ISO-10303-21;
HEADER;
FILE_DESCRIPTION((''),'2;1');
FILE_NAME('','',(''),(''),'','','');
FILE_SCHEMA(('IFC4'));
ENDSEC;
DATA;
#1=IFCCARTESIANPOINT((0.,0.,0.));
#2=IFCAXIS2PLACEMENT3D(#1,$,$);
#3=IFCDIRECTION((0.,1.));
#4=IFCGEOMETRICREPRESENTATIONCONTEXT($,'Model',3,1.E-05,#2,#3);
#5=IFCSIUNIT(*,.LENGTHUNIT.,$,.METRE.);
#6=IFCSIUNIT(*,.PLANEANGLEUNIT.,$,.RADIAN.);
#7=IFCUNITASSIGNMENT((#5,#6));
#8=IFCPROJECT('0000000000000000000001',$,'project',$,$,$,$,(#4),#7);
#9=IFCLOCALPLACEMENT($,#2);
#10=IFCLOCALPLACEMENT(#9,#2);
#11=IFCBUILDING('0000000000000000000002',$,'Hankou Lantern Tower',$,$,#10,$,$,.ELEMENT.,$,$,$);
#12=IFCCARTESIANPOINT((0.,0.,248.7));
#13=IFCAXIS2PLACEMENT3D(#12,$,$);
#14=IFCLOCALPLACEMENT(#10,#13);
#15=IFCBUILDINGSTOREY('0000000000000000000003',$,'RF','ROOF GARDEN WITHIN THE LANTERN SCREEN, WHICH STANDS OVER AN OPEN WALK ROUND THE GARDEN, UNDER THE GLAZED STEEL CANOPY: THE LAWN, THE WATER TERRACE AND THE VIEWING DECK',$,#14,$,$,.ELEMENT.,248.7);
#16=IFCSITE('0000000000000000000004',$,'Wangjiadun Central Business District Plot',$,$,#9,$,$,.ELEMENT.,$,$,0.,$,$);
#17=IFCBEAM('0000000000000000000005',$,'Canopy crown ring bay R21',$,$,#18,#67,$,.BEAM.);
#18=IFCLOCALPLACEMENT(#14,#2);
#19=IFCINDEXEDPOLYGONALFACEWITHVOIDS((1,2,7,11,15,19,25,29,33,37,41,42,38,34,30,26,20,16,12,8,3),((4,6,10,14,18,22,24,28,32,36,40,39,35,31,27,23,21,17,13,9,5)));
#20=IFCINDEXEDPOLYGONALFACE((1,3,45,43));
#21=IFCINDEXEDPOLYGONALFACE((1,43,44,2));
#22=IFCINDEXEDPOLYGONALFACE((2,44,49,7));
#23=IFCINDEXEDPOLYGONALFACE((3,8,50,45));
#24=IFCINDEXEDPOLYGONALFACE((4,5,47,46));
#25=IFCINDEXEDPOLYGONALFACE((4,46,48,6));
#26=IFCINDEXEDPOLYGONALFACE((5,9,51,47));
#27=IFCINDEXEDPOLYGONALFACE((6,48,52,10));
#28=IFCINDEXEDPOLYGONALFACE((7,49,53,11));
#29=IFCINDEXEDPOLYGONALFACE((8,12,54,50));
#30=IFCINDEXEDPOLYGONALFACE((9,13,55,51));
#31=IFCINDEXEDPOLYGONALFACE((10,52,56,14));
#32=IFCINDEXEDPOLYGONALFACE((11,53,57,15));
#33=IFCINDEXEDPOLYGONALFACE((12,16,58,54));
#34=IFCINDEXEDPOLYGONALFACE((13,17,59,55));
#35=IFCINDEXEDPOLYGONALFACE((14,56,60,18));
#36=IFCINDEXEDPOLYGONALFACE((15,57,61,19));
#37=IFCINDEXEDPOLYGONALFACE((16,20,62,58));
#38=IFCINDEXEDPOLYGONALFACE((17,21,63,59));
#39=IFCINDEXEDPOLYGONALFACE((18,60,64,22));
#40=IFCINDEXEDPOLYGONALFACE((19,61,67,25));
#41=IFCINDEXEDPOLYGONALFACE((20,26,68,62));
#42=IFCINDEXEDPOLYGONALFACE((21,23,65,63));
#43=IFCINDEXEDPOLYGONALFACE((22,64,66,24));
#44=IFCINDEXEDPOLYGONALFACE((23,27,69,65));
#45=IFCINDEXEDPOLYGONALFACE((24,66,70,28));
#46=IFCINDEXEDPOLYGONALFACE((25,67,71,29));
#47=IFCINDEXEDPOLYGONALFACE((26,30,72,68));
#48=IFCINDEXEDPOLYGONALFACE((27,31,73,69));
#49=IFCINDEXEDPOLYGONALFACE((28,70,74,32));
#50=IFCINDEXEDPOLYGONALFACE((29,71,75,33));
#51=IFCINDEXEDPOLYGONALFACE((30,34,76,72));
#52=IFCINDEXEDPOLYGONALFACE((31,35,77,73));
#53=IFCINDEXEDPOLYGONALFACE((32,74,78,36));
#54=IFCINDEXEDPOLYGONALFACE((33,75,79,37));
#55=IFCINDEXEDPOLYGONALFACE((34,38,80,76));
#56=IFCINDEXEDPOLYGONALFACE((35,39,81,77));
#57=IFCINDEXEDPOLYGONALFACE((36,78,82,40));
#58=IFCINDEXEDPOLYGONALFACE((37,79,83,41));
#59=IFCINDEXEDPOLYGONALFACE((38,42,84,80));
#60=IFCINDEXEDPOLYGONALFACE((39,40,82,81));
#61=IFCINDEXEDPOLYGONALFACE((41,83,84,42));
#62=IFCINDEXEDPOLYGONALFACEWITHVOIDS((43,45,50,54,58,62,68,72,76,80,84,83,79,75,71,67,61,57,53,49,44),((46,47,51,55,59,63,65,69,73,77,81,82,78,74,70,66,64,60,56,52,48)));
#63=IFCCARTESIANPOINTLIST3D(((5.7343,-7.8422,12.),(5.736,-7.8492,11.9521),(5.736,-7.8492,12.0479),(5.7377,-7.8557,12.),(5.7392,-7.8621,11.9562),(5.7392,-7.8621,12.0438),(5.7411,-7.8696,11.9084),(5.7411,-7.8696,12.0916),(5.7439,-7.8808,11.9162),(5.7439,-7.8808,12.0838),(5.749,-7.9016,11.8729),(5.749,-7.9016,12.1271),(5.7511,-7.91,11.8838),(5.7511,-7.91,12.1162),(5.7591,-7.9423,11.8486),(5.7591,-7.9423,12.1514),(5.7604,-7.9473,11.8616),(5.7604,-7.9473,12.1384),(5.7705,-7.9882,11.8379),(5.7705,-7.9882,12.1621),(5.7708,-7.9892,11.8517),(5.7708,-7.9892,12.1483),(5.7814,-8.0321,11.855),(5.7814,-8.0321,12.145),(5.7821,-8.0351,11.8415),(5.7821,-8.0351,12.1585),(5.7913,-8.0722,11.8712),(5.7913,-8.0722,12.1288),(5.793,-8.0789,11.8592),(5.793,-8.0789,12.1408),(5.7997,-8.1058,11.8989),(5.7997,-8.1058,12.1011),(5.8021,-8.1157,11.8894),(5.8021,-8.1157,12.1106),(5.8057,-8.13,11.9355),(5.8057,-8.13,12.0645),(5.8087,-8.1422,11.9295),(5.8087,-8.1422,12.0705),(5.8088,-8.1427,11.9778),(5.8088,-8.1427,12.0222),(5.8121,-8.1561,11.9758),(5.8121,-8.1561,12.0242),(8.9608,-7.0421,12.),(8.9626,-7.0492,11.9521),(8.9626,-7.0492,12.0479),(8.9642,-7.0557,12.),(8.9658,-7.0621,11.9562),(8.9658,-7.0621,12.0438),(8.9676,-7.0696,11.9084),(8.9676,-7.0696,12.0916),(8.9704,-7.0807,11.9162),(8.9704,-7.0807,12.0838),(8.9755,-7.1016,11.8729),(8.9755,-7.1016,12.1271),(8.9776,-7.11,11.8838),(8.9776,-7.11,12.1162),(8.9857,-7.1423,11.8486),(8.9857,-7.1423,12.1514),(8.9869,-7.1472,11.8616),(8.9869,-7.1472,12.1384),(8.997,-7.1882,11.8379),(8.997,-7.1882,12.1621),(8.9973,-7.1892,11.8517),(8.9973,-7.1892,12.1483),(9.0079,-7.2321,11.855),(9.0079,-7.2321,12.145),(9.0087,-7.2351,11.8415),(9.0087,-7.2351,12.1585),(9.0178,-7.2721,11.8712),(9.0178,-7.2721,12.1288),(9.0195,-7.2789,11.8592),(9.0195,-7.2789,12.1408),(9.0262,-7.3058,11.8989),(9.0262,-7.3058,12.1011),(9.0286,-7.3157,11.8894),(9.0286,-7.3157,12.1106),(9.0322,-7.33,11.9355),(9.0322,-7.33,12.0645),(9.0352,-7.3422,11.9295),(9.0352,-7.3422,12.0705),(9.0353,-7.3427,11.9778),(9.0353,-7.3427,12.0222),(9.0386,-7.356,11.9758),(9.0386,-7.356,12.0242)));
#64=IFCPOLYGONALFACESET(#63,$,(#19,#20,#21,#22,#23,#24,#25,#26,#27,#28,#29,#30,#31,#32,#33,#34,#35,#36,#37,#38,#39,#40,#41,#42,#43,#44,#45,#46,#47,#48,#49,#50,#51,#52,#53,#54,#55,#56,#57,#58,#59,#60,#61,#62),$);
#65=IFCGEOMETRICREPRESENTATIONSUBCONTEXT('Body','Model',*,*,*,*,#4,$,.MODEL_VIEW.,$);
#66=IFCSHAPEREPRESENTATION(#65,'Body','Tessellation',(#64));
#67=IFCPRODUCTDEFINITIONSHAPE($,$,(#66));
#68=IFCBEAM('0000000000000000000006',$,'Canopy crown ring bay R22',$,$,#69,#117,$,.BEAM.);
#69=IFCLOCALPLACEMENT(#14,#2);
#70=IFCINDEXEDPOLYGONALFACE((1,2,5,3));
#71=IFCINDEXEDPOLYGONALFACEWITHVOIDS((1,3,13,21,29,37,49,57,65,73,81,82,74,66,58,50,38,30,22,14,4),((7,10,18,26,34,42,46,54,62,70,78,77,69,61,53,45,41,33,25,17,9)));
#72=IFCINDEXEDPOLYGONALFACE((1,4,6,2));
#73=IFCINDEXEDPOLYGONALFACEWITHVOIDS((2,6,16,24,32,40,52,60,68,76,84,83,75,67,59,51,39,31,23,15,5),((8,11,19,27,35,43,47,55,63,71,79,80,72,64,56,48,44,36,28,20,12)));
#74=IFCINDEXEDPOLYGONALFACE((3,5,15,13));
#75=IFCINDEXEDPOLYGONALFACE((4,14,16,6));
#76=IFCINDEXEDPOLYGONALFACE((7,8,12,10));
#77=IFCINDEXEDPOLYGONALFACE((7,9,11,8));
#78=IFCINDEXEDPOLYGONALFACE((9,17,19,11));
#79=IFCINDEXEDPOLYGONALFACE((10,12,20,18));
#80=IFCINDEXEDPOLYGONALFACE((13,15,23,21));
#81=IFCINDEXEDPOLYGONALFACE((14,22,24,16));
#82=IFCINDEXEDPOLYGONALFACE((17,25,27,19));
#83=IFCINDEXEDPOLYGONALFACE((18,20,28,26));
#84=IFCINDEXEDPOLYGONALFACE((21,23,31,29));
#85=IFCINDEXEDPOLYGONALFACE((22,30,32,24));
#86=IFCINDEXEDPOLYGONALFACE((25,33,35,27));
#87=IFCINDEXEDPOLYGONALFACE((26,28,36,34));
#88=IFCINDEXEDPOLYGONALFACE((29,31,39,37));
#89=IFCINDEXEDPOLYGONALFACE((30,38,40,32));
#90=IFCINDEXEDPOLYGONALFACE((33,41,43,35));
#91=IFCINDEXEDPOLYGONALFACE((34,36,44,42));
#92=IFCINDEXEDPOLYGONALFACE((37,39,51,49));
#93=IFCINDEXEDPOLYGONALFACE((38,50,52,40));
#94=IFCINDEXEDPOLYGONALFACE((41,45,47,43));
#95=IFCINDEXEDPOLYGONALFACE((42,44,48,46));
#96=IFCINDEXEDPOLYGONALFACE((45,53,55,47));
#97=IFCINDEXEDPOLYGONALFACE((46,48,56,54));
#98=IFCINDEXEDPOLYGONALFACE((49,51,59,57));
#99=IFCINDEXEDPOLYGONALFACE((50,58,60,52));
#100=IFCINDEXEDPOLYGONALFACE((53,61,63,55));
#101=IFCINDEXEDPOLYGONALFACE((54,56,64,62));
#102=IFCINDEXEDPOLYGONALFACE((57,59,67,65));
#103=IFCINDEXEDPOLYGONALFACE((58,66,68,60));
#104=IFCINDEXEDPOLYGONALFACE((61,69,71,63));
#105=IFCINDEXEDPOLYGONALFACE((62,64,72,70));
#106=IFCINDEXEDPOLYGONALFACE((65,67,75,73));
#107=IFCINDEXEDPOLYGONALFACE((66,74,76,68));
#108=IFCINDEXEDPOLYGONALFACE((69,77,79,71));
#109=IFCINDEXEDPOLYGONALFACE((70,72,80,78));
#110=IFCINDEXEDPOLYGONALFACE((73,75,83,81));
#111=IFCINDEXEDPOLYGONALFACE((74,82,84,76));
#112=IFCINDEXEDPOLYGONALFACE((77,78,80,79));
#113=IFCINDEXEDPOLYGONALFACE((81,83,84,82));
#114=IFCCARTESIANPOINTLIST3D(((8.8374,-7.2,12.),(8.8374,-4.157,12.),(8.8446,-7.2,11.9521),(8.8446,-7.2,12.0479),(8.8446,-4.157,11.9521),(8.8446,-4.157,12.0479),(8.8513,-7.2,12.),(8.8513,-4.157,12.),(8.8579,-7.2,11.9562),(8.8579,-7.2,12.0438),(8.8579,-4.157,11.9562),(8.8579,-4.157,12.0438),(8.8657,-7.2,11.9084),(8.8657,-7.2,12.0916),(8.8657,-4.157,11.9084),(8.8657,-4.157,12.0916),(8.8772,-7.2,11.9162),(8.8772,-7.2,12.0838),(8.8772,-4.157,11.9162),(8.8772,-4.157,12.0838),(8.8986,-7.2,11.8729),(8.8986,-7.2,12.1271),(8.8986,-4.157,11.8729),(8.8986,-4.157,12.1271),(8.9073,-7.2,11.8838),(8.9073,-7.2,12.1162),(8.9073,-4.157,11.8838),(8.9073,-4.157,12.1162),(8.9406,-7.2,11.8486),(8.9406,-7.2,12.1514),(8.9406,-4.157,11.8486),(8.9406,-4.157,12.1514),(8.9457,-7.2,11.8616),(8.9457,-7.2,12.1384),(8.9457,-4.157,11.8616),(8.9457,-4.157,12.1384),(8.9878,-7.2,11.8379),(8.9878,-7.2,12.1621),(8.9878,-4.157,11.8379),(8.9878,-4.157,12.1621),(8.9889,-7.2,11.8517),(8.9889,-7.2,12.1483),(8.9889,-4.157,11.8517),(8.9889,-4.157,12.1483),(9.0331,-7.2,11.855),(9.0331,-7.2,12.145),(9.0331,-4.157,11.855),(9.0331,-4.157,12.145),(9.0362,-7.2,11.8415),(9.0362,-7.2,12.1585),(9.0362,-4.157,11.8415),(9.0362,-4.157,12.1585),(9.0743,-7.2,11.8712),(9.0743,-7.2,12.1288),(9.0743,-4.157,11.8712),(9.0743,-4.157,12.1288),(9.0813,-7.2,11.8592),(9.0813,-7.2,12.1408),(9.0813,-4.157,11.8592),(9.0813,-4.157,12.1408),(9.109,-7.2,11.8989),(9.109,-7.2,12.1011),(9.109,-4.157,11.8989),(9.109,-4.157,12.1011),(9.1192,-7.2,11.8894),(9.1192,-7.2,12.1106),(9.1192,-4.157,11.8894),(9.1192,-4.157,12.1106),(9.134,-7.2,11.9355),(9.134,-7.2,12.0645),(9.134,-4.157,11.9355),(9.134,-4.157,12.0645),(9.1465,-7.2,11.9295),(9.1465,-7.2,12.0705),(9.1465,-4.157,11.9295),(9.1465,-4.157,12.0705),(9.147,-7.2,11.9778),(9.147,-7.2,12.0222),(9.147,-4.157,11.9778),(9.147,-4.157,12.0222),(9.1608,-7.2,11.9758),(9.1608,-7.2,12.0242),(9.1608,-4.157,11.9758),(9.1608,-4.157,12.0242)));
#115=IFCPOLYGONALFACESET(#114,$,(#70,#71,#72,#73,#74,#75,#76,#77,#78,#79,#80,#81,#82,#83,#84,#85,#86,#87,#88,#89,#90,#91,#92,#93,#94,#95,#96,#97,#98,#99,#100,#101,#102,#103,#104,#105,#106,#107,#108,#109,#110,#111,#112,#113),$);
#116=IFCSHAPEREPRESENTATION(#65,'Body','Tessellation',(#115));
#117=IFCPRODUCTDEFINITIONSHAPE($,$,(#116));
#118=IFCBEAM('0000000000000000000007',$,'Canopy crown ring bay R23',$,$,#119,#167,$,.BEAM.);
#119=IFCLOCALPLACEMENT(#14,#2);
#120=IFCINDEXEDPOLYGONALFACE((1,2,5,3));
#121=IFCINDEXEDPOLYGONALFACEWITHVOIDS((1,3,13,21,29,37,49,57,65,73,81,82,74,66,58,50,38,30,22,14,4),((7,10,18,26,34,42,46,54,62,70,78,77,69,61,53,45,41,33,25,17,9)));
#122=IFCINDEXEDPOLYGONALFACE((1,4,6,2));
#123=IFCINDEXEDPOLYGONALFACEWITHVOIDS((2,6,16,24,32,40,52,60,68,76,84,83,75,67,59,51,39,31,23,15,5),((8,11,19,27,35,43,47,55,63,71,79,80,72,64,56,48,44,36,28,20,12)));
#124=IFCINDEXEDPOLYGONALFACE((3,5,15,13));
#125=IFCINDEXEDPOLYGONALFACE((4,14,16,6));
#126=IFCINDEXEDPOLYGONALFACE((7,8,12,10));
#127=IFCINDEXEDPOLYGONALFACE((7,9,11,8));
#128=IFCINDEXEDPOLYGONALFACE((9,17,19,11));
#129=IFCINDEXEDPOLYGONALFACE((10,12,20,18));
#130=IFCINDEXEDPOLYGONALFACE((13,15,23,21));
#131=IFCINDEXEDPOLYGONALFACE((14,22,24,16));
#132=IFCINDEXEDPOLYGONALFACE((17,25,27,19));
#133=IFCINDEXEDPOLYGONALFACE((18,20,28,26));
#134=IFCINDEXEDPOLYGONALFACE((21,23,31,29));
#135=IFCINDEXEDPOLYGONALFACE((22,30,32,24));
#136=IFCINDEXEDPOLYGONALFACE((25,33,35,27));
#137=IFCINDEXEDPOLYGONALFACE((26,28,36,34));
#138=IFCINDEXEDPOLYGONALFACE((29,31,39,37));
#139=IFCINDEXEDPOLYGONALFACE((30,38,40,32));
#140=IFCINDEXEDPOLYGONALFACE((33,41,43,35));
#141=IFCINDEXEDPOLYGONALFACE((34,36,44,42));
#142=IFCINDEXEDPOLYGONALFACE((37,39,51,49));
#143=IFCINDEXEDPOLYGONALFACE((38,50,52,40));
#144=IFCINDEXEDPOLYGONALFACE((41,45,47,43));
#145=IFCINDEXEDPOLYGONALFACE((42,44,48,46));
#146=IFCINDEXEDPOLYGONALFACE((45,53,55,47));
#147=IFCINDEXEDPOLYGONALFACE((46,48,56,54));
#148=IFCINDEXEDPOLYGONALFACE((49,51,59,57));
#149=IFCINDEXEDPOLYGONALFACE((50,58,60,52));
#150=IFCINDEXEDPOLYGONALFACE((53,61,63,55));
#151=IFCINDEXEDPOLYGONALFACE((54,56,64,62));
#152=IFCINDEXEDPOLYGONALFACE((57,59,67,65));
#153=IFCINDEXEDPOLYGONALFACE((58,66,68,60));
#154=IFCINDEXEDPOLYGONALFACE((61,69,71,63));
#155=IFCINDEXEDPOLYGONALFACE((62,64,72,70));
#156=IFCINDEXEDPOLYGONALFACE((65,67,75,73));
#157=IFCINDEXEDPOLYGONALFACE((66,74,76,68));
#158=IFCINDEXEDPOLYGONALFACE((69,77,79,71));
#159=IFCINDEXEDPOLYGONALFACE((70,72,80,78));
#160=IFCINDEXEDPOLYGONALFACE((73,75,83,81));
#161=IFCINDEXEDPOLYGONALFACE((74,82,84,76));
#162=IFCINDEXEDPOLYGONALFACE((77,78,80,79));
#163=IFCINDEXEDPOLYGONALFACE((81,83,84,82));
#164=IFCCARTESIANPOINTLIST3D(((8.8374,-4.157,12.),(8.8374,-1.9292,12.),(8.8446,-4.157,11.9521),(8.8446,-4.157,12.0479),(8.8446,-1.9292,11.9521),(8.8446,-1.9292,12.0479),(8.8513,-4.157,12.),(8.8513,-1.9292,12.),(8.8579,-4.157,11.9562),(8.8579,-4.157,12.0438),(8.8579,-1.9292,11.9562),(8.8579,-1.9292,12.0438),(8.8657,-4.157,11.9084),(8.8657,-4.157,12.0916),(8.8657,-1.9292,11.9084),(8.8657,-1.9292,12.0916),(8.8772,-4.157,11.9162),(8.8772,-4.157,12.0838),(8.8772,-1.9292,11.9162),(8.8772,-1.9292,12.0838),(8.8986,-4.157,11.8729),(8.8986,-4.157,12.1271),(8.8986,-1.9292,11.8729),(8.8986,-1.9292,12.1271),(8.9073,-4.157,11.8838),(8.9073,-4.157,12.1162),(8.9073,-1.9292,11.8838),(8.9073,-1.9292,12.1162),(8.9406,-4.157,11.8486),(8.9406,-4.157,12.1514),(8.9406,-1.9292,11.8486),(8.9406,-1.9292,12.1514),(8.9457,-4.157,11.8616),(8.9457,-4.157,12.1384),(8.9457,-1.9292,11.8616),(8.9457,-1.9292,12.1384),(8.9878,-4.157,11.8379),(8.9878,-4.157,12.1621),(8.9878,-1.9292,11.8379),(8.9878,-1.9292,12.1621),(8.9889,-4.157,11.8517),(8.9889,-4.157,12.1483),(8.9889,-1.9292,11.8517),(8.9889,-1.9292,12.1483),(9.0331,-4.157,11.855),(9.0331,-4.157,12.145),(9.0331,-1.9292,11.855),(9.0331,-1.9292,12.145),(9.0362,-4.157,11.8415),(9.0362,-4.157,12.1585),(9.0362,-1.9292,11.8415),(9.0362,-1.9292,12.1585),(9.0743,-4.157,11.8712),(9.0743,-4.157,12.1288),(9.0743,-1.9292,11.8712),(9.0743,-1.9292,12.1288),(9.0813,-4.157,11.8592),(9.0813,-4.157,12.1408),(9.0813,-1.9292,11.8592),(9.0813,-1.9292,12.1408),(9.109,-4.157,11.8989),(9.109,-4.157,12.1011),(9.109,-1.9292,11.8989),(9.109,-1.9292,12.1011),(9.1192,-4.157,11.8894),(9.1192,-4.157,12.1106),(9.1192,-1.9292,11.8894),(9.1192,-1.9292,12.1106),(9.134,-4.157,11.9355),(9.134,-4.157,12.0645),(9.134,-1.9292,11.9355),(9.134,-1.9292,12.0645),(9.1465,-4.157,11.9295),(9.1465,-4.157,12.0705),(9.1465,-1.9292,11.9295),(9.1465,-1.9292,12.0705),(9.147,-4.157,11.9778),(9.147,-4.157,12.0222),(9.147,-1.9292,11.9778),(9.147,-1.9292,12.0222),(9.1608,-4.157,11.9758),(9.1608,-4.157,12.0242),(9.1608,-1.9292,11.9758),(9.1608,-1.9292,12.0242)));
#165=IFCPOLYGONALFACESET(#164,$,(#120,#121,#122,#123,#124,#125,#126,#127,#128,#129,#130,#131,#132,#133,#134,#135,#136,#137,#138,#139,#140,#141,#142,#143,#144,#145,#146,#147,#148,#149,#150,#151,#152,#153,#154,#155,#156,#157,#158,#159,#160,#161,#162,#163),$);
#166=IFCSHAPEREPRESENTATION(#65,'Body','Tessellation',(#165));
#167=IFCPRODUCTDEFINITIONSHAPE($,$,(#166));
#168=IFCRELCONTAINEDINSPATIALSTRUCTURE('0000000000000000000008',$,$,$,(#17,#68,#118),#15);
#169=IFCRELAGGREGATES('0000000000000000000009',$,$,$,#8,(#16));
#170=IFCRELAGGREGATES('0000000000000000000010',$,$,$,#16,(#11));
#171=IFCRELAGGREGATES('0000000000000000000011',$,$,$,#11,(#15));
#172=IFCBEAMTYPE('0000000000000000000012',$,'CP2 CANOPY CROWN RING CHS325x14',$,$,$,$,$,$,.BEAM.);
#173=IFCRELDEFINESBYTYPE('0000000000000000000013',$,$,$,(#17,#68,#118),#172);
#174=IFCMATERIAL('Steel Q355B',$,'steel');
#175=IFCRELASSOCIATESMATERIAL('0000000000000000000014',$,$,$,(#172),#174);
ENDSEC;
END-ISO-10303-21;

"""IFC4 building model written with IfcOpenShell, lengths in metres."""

from ifc_helpers import new_model, si_unit, direction, frame, origin, origin_2d, place, context, subcontext, project, spatial, hollow_circle, extrude, material, material_profile, profile_set, type_object, element, save


model = new_model("IFC4")

# Units and contexts
model_context = context("Model", 3, precision=1e-05, world=origin(), true_north=direction((0.0, 1.0)))
body_context = subcontext(model_context, "Body", "Model", "MODEL_VIEW")
ifc_project = project(units=[si_unit("LENGTHUNIT", "METRE"), si_unit("PLANEANGLEUNIT", "RADIAN")], contexts=[model_context])

# Site, building, storey
site_placement = place(None, origin())
site = spatial("IfcSite", under=ifc_project, at=site_placement, Name="Wangjiadun Central Business District Plot", CompositionType="ELEMENT", RefElevation=0.0)
building_placement = place(site_placement, origin())
building = spatial("IfcBuilding", under=site, at=building_placement, Name="Hankou Lantern Tower", CompositionType="ELEMENT")
storey_placement = place(building_placement, frame((0.0, 0.0, 248.7)))
storey = spatial("IfcBuildingStorey", under=building, at=storey_placement, Name="RF", Description="ROOF GARDEN WITHIN THE LANTERN SCREEN, WHICH STANDS OVER AN OPEN WALK ROUND THE GARDEN, UNDER THE GLAZED STEEL CANOPY: THE LAWN, THE WATER TERRACE AND THE VIEWING DECK", CompositionType="ELEMENT", Elevation=248.7)

# Beams
ifc_material_1 = material(Name="Steel Q355B", Category="steel")
ifc_material_profile_1 = material_profile(ifc_material_1, hollow_circle(Radius=0.1626, WallThickness=0.0139, at=origin_2d()), Name="CHS325x14")
ifc_profile_set_1 = profile_set([ifc_material_profile_1], Name="Steel Q355B")
beam_type_1 = type_object("IfcBeamType", Name="CP2 CANOPY CROWN RING CHS325x14", PredefinedType="BEAM", material=ifc_profile_set_1)
beam_1_placement = place(storey_placement, frame((5.7734, -8.0, 12.0), z_axis=(0.970607, 0.240669, 0.0), x_axis=(-0.240669, 0.970607, 0.0)))
element("IfcBeam", 1, at=beam_1_placement, inside=storey, type_object=beam_type_1, Name="Canopy crown ring bay R21", PredefinedType="BEAM", context=body_context, shape_type="SweptSolid", body=[
    extrude(hollow_circle(Radius=0.1626, WallThickness=0.0139, at=origin_2d()), origin(), (0.0, 0.0, 1.0), 3.3242),
])
beam_2_placement = place(storey_placement, frame((9.0, -7.2, 12.0), z_axis=(0.0, 1.0, 0.0), x_axis=(-1.0, 0.0, 0.0)))
element("IfcBeam", 2, at=beam_2_placement, inside=storey, type_object=beam_type_1, Name="Canopy crown ring bay R22", PredefinedType="BEAM", context=body_context, shape_type="SweptSolid", body=[
    extrude(hollow_circle(Radius=0.1626, WallThickness=0.0139, at=origin_2d()), origin(), (0.0, 0.0, 1.0), 3.043),
])
beam_3_placement = place(storey_placement, frame((9.0, -4.157, 12.0), z_axis=(0.0, 1.0, 0.0), x_axis=(-1.0, 0.0, 0.0)))
element("IfcBeam", 3, at=beam_3_placement, inside=storey, type_object=beam_type_1, Name="Canopy crown ring bay R23", PredefinedType="BEAM", context=body_context, shape_type="SweptSolid", body=[
    extrude(hollow_circle(Radius=0.1626, WallThickness=0.0139, at=origin_2d()), origin(), (0.0, 0.0, 1.0), 2.2278),
])

save(model, "model.ifc")
